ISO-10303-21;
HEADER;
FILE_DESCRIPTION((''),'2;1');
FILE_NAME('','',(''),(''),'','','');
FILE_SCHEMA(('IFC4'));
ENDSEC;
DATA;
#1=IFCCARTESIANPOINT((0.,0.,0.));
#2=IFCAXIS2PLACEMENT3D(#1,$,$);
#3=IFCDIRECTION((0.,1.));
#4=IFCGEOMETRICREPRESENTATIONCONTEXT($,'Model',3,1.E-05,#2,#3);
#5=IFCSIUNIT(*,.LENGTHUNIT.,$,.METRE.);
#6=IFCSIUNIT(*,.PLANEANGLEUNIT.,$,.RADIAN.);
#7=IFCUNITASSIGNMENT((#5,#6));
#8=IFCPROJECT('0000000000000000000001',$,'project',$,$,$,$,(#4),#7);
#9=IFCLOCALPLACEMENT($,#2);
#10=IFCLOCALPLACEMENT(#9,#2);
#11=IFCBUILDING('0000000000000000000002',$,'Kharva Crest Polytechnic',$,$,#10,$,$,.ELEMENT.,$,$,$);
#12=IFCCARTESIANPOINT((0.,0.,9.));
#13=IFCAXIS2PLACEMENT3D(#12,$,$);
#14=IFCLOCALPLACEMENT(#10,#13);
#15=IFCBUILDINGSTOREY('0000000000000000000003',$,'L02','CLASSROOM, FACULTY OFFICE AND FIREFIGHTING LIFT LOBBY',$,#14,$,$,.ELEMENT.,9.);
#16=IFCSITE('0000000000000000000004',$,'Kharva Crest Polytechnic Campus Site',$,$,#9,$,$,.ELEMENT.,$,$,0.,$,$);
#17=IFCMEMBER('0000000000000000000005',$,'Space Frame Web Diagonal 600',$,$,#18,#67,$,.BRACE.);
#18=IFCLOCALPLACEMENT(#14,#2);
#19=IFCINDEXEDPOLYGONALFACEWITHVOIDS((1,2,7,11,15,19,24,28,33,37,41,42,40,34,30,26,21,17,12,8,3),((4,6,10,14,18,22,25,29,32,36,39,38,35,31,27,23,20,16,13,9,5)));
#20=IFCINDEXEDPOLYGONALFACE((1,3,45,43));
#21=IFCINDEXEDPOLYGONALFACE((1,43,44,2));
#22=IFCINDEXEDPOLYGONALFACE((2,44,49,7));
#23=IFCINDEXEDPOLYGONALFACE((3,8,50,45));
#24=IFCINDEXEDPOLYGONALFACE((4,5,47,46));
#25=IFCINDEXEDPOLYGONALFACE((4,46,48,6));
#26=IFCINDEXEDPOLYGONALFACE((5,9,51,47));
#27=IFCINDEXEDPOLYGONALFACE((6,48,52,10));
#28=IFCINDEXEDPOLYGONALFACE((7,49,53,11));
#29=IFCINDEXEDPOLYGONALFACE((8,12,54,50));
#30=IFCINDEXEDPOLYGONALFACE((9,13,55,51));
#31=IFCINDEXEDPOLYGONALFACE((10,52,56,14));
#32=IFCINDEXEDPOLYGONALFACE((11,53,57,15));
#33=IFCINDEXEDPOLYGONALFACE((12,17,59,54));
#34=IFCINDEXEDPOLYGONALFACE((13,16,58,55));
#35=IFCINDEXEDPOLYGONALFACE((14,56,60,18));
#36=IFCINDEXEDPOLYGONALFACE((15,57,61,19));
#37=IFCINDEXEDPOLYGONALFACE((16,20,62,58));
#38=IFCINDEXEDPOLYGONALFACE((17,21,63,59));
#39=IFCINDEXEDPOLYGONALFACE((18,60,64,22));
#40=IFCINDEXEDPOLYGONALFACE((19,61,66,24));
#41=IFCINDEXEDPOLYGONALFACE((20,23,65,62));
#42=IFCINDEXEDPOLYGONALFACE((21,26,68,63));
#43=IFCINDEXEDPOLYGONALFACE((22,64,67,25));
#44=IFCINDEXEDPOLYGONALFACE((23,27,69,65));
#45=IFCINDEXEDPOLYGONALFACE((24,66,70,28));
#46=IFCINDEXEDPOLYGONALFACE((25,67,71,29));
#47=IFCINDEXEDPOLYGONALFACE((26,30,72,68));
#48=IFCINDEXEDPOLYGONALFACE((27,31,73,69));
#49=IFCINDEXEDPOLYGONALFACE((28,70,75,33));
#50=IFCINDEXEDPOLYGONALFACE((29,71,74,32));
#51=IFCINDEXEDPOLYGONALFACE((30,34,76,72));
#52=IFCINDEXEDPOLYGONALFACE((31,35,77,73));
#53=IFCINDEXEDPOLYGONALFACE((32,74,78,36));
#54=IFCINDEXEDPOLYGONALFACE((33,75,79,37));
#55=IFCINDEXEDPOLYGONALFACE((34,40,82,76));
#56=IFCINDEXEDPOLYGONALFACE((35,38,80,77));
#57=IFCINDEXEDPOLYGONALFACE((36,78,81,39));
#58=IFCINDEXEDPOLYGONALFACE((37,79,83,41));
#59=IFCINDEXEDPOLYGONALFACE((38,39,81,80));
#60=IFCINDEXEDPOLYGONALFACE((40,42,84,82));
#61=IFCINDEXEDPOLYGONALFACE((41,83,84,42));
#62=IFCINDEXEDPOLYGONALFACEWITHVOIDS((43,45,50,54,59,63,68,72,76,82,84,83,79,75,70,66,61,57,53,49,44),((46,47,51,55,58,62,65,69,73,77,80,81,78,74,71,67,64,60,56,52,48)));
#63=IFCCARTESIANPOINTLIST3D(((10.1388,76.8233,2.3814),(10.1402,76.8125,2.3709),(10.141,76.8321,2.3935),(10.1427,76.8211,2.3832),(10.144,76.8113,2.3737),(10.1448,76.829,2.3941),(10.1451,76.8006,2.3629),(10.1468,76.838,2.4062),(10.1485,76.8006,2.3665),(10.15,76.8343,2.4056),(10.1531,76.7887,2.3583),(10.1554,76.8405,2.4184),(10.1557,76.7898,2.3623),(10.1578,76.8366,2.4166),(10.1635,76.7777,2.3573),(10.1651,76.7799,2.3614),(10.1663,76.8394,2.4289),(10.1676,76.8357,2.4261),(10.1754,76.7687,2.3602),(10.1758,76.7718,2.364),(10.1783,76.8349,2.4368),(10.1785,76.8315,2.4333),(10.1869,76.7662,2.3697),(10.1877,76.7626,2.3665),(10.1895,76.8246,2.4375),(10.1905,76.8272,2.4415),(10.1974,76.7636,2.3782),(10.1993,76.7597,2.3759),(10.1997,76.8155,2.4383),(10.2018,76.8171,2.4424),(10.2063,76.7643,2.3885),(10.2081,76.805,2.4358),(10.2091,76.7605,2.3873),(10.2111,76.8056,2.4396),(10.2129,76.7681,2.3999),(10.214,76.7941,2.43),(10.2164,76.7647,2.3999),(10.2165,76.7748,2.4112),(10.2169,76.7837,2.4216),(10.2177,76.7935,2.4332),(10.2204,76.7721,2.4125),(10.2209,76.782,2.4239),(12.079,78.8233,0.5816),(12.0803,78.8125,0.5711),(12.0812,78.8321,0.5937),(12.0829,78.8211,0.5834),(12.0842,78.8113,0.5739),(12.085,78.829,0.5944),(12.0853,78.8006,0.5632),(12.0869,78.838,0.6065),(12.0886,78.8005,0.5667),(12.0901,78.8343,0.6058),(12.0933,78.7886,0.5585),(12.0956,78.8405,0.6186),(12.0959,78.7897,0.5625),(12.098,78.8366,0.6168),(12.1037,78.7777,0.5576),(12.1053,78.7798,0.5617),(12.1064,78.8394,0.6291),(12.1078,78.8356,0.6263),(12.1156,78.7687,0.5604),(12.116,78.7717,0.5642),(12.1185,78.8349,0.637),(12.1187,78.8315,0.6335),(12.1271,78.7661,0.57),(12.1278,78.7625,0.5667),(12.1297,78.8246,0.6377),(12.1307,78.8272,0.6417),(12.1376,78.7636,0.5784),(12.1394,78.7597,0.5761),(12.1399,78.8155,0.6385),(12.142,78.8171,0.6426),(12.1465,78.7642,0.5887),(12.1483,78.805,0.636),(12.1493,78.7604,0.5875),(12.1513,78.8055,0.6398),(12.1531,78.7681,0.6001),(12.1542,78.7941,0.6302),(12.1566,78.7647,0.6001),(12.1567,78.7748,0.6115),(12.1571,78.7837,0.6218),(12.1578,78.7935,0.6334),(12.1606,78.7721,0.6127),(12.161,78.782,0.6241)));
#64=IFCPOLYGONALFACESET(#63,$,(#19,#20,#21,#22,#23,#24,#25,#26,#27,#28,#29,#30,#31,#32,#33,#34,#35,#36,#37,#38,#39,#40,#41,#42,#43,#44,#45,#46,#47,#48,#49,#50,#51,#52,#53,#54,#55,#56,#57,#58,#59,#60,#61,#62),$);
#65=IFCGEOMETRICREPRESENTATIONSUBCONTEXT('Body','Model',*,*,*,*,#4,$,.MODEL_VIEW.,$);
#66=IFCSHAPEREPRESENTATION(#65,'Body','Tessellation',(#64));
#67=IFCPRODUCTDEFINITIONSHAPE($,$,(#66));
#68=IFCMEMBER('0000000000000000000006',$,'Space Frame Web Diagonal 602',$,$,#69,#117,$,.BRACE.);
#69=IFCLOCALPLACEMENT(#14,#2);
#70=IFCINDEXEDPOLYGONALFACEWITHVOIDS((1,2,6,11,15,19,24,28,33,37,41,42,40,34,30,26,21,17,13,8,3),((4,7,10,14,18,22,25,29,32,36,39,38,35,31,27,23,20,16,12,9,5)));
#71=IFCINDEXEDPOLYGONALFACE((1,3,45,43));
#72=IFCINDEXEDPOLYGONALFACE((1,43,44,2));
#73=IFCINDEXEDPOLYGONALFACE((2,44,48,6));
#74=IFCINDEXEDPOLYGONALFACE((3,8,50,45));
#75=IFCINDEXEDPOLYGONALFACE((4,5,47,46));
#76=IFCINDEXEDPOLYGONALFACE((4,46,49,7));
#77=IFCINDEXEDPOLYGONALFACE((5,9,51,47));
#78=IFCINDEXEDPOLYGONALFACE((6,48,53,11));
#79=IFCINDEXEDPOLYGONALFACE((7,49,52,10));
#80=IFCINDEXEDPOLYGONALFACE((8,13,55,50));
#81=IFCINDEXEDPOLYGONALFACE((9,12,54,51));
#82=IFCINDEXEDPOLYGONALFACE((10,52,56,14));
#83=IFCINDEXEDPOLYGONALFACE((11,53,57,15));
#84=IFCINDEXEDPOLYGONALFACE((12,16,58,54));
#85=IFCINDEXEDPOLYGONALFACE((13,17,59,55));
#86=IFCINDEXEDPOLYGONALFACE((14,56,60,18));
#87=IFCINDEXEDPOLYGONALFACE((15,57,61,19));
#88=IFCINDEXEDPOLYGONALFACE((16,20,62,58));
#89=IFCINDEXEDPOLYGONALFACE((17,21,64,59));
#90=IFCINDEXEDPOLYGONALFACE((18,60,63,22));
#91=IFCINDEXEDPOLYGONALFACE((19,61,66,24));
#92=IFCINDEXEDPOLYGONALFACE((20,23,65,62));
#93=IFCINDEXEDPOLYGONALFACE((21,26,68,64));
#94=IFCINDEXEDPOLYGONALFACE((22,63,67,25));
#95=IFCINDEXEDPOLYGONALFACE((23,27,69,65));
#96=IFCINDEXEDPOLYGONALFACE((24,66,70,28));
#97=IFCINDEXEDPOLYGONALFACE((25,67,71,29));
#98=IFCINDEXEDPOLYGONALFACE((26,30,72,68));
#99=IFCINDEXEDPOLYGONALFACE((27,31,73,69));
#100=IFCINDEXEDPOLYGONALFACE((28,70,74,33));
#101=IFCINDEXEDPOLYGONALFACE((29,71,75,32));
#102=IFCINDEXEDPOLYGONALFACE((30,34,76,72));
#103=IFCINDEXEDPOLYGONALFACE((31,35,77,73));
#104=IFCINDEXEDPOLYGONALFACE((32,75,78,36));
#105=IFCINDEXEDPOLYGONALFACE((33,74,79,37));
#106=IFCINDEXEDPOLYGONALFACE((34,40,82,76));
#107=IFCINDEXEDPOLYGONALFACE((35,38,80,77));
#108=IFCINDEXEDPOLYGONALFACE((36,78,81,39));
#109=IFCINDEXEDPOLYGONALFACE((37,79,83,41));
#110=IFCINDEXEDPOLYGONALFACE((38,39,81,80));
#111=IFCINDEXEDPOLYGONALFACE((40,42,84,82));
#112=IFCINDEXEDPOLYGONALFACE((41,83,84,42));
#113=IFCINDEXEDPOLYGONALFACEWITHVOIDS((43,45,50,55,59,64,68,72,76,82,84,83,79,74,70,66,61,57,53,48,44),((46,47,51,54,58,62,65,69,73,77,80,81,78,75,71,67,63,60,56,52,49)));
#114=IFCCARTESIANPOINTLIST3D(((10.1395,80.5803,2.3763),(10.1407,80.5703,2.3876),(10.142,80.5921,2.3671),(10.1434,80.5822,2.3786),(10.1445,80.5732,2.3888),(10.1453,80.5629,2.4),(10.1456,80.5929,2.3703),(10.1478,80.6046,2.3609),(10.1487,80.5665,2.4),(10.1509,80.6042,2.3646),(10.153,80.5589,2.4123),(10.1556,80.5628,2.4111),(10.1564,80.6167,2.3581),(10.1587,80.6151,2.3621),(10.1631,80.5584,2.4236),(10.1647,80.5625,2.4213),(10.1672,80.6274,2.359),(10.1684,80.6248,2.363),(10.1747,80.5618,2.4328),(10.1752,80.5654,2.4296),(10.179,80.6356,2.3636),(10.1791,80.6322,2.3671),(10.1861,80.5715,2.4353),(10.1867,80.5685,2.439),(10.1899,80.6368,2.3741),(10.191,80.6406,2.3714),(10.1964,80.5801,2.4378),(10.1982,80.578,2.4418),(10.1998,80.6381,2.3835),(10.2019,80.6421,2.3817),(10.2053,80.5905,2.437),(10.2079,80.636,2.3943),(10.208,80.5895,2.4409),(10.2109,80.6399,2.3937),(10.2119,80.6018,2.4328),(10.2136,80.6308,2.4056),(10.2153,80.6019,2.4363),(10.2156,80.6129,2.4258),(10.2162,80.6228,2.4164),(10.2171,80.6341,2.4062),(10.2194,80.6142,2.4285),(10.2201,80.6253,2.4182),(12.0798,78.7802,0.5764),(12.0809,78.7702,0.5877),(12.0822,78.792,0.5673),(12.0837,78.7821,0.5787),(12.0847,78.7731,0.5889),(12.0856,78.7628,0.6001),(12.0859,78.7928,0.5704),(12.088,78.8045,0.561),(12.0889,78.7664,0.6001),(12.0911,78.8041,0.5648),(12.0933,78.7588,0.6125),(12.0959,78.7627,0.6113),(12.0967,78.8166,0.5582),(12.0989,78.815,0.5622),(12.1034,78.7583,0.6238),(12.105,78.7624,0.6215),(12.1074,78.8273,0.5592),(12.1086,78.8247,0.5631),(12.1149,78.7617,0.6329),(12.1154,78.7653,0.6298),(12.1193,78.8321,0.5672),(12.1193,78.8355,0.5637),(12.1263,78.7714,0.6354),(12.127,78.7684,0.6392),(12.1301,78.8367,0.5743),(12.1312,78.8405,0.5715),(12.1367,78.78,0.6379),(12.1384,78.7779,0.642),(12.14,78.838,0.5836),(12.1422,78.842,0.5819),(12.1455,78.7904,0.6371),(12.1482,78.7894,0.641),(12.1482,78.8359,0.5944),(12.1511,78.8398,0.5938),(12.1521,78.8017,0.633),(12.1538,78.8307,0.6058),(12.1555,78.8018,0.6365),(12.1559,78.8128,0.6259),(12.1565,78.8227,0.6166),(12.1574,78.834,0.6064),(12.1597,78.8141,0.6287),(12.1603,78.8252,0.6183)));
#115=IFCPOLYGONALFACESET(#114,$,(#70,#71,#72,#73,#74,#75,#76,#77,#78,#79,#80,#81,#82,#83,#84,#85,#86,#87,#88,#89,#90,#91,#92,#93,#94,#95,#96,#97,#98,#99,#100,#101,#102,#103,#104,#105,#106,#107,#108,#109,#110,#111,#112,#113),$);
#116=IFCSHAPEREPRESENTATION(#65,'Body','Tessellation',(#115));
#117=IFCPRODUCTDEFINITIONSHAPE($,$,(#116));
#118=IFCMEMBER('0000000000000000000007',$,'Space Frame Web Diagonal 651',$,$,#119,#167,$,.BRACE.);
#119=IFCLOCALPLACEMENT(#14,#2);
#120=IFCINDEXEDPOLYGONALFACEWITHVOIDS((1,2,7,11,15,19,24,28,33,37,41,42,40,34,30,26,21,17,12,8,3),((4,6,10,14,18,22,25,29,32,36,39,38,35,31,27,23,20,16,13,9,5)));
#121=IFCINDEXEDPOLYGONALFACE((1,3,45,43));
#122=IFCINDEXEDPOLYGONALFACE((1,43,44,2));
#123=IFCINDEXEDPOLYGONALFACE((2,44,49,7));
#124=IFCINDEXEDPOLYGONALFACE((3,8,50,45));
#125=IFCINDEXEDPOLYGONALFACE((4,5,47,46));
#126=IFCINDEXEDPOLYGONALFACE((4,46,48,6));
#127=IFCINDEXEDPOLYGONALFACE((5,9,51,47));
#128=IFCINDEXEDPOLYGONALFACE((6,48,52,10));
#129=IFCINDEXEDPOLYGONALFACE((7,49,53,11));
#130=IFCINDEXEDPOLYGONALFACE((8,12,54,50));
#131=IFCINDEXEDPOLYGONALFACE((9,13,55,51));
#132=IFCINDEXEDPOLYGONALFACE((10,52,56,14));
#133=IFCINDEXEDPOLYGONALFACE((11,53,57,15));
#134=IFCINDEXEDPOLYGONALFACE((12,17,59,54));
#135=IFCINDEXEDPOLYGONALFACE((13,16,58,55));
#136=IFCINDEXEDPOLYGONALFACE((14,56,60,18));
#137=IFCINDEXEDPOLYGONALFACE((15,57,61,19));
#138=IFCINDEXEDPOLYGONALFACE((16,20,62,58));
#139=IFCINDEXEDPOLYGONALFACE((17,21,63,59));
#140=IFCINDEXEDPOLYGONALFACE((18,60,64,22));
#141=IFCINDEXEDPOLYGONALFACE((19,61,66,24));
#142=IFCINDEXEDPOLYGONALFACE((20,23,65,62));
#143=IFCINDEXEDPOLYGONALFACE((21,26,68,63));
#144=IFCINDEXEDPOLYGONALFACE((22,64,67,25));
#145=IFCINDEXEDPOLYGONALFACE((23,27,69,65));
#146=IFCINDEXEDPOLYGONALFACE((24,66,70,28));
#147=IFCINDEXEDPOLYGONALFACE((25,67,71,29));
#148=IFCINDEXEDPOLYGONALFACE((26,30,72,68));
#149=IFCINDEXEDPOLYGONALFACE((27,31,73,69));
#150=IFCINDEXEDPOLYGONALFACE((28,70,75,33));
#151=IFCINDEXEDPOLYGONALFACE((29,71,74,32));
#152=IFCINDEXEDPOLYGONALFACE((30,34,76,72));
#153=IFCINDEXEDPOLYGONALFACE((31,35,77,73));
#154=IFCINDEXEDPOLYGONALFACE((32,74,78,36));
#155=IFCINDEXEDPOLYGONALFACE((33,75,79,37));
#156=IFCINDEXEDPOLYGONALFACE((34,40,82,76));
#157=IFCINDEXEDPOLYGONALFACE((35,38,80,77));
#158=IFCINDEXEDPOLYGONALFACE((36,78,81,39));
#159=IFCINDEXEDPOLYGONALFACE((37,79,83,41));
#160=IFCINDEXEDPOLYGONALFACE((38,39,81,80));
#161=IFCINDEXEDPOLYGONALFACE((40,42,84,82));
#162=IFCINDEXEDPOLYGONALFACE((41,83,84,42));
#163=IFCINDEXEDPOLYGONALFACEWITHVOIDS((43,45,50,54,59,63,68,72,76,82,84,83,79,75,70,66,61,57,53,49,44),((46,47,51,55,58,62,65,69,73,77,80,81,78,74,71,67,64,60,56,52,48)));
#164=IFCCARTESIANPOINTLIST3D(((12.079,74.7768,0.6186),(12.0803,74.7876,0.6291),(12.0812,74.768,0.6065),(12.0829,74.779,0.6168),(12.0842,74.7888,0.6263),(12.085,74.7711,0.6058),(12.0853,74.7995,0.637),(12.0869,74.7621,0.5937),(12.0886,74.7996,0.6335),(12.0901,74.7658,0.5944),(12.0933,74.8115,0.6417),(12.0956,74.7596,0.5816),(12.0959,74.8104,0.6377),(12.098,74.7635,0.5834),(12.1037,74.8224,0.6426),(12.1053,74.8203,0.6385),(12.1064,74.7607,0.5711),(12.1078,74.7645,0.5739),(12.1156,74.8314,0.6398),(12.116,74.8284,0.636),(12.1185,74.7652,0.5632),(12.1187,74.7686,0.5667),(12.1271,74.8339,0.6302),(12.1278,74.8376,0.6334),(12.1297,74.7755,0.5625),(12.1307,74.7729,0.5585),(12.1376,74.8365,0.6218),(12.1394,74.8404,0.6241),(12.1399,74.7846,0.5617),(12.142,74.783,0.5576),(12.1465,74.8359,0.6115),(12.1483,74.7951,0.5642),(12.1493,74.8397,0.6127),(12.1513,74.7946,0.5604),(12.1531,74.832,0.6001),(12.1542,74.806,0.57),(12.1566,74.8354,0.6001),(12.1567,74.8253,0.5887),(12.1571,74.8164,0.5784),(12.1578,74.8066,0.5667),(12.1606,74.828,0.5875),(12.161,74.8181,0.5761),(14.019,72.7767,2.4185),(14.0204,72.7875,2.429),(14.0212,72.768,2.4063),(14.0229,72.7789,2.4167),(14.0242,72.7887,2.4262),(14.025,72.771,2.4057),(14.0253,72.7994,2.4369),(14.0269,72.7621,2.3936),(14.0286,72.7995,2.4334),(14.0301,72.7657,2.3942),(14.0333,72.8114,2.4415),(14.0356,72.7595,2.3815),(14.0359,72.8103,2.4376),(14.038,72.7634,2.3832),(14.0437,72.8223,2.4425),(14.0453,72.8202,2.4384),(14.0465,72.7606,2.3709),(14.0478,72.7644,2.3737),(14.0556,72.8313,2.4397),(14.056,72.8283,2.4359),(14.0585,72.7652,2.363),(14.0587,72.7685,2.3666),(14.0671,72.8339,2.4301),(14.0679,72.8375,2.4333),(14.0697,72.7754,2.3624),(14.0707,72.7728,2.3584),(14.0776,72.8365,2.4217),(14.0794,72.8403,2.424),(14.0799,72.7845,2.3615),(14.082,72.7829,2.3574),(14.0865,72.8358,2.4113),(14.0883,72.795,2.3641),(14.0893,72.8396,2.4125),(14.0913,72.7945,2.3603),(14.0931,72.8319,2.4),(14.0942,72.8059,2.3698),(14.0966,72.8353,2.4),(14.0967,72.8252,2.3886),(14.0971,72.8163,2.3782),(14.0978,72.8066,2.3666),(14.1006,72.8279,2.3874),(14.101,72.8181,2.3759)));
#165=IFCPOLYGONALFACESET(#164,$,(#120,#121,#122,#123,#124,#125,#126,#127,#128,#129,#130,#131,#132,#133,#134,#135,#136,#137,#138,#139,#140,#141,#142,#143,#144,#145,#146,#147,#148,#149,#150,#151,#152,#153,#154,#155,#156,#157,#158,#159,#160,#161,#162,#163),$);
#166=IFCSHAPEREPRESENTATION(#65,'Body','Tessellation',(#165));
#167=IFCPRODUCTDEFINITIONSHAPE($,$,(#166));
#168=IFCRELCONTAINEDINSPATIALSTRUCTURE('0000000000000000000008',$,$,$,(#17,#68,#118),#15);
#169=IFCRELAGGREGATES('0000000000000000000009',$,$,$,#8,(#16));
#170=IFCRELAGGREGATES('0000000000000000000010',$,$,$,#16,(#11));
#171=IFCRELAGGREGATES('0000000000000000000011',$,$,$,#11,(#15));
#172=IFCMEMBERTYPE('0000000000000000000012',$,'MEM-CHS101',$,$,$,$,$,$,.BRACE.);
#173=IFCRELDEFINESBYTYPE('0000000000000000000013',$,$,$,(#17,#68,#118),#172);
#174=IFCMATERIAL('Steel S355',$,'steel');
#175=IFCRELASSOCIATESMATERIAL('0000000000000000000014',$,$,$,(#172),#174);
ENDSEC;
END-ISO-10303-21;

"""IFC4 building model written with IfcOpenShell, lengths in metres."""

from ifc_helpers import new_model, si_unit, direction, frame, origin, origin_2d, place, context, subcontext, project, spatial, hollow_circle, extrude, material, material_profile, profile_set, type_object, element, save


model = new_model("IFC4")

# Units and contexts
model_context = context("Model", 3, precision=1e-05, world=origin(), true_north=direction((0.0, 1.0)))
body_context = subcontext(model_context, "Body", "Model", "MODEL_VIEW")
ifc_project = project(units=[si_unit("LENGTHUNIT", "METRE"), si_unit("PLANEANGLEUNIT", "RADIAN")], contexts=[model_context])

# Site, building, storey
site_placement = place(None, origin())
site = spatial("IfcSite", under=ifc_project, at=site_placement, Name="Kharva Crest Polytechnic Campus Site", CompositionType="ELEMENT", RefElevation=0.0)
building_placement = place(site_placement, origin())
building = spatial("IfcBuilding", under=site, at=building_placement, Name="Kharva Crest Polytechnic", CompositionType="ELEMENT")
storey_placement = place(building_placement, frame((0.0, 0.0, 9.0)))
storey = spatial("IfcBuildingStorey", under=building, at=storey_placement, Name="L02", Description="CLASSROOM, FACULTY OFFICE AND FIREFIGHTING LIFT LOBBY", CompositionType="ELEMENT", Elevation=9.0)

# Shared definitions
ifc_material_1 = material(Name="Steel S355", Category="steel")

# Members
ifc_material_profile_1 = material_profile(ifc_material_1, hollow_circle(Radius=0.0508, WallThickness=0.0049, at=origin_2d()), Name="CHS 101.6X5.0")
ifc_profile_set_1 = profile_set([ifc_material_profile_1], Name="Steel S355")
member_type_1 = type_object("IfcMemberType", Name="MEM-CHS101", PredefinedType="BRACE", material=ifc_profile_set_1)
member_1_placement = place(storey_placement, frame((12.1201, 78.8, 0.6001), z_axis=(-0.584892, -0.602924, 0.542572), x_axis=(0.717758, -0.696292, 0.0)))
element("IfcMember", 1, at=member_1_placement, inside=storey, type_object=member_type_1, Name="Space Frame Web Diagonal 600", PredefinedType="BRACE", context=body_context, shape_type="SweptSolid", body=[
    extrude(hollow_circle(Radius=0.0508, WallThickness=0.0049, at=origin_2d()), origin(), (0.0, 0.0, 1.0), 3.3171),
])
member_2_placement = place(storey_placement, frame((12.1201, 78.8, 0.6001), z_axis=(-0.606196, 0.562411, 0.562335), x_axis=(-0.680136, -0.733086, 0.0)))
element("IfcMember", 2, at=member_2_placement, inside=storey, type_object=member_type_1, Name="Space Frame Web Diagonal 602", PredefinedType="BRACE", context=body_context, shape_type="SweptSolid", body=[
    extrude(hollow_circle(Radius=0.0508, WallThickness=0.0049, at=origin_2d()), origin(), (0.0, 0.0, 1.0), 3.2007),
])
for number, where, z_axis, x_axis, name in (
    (3, (12.1201, 74.8, 0.6001), (0.584843, -0.60295, 0.542596), (0.717802, 0.696247, 0.0), "Space Frame Web Diagonal 651"),
):
    element("IfcMember", number, at=place(storey_placement, frame(where, z_axis=z_axis, x_axis=x_axis)), inside=storey, type_object=member_type_1, Name=name, PredefinedType="BRACE", context=body_context, shape_type="SweptSolid", body=[
        extrude(hollow_circle(Radius=0.0508, WallThickness=0.0049, at=origin_2d()), origin(), (0.0, 0.0, 1.0), 3.3171),
    ])

save(model, "model.ifc")
